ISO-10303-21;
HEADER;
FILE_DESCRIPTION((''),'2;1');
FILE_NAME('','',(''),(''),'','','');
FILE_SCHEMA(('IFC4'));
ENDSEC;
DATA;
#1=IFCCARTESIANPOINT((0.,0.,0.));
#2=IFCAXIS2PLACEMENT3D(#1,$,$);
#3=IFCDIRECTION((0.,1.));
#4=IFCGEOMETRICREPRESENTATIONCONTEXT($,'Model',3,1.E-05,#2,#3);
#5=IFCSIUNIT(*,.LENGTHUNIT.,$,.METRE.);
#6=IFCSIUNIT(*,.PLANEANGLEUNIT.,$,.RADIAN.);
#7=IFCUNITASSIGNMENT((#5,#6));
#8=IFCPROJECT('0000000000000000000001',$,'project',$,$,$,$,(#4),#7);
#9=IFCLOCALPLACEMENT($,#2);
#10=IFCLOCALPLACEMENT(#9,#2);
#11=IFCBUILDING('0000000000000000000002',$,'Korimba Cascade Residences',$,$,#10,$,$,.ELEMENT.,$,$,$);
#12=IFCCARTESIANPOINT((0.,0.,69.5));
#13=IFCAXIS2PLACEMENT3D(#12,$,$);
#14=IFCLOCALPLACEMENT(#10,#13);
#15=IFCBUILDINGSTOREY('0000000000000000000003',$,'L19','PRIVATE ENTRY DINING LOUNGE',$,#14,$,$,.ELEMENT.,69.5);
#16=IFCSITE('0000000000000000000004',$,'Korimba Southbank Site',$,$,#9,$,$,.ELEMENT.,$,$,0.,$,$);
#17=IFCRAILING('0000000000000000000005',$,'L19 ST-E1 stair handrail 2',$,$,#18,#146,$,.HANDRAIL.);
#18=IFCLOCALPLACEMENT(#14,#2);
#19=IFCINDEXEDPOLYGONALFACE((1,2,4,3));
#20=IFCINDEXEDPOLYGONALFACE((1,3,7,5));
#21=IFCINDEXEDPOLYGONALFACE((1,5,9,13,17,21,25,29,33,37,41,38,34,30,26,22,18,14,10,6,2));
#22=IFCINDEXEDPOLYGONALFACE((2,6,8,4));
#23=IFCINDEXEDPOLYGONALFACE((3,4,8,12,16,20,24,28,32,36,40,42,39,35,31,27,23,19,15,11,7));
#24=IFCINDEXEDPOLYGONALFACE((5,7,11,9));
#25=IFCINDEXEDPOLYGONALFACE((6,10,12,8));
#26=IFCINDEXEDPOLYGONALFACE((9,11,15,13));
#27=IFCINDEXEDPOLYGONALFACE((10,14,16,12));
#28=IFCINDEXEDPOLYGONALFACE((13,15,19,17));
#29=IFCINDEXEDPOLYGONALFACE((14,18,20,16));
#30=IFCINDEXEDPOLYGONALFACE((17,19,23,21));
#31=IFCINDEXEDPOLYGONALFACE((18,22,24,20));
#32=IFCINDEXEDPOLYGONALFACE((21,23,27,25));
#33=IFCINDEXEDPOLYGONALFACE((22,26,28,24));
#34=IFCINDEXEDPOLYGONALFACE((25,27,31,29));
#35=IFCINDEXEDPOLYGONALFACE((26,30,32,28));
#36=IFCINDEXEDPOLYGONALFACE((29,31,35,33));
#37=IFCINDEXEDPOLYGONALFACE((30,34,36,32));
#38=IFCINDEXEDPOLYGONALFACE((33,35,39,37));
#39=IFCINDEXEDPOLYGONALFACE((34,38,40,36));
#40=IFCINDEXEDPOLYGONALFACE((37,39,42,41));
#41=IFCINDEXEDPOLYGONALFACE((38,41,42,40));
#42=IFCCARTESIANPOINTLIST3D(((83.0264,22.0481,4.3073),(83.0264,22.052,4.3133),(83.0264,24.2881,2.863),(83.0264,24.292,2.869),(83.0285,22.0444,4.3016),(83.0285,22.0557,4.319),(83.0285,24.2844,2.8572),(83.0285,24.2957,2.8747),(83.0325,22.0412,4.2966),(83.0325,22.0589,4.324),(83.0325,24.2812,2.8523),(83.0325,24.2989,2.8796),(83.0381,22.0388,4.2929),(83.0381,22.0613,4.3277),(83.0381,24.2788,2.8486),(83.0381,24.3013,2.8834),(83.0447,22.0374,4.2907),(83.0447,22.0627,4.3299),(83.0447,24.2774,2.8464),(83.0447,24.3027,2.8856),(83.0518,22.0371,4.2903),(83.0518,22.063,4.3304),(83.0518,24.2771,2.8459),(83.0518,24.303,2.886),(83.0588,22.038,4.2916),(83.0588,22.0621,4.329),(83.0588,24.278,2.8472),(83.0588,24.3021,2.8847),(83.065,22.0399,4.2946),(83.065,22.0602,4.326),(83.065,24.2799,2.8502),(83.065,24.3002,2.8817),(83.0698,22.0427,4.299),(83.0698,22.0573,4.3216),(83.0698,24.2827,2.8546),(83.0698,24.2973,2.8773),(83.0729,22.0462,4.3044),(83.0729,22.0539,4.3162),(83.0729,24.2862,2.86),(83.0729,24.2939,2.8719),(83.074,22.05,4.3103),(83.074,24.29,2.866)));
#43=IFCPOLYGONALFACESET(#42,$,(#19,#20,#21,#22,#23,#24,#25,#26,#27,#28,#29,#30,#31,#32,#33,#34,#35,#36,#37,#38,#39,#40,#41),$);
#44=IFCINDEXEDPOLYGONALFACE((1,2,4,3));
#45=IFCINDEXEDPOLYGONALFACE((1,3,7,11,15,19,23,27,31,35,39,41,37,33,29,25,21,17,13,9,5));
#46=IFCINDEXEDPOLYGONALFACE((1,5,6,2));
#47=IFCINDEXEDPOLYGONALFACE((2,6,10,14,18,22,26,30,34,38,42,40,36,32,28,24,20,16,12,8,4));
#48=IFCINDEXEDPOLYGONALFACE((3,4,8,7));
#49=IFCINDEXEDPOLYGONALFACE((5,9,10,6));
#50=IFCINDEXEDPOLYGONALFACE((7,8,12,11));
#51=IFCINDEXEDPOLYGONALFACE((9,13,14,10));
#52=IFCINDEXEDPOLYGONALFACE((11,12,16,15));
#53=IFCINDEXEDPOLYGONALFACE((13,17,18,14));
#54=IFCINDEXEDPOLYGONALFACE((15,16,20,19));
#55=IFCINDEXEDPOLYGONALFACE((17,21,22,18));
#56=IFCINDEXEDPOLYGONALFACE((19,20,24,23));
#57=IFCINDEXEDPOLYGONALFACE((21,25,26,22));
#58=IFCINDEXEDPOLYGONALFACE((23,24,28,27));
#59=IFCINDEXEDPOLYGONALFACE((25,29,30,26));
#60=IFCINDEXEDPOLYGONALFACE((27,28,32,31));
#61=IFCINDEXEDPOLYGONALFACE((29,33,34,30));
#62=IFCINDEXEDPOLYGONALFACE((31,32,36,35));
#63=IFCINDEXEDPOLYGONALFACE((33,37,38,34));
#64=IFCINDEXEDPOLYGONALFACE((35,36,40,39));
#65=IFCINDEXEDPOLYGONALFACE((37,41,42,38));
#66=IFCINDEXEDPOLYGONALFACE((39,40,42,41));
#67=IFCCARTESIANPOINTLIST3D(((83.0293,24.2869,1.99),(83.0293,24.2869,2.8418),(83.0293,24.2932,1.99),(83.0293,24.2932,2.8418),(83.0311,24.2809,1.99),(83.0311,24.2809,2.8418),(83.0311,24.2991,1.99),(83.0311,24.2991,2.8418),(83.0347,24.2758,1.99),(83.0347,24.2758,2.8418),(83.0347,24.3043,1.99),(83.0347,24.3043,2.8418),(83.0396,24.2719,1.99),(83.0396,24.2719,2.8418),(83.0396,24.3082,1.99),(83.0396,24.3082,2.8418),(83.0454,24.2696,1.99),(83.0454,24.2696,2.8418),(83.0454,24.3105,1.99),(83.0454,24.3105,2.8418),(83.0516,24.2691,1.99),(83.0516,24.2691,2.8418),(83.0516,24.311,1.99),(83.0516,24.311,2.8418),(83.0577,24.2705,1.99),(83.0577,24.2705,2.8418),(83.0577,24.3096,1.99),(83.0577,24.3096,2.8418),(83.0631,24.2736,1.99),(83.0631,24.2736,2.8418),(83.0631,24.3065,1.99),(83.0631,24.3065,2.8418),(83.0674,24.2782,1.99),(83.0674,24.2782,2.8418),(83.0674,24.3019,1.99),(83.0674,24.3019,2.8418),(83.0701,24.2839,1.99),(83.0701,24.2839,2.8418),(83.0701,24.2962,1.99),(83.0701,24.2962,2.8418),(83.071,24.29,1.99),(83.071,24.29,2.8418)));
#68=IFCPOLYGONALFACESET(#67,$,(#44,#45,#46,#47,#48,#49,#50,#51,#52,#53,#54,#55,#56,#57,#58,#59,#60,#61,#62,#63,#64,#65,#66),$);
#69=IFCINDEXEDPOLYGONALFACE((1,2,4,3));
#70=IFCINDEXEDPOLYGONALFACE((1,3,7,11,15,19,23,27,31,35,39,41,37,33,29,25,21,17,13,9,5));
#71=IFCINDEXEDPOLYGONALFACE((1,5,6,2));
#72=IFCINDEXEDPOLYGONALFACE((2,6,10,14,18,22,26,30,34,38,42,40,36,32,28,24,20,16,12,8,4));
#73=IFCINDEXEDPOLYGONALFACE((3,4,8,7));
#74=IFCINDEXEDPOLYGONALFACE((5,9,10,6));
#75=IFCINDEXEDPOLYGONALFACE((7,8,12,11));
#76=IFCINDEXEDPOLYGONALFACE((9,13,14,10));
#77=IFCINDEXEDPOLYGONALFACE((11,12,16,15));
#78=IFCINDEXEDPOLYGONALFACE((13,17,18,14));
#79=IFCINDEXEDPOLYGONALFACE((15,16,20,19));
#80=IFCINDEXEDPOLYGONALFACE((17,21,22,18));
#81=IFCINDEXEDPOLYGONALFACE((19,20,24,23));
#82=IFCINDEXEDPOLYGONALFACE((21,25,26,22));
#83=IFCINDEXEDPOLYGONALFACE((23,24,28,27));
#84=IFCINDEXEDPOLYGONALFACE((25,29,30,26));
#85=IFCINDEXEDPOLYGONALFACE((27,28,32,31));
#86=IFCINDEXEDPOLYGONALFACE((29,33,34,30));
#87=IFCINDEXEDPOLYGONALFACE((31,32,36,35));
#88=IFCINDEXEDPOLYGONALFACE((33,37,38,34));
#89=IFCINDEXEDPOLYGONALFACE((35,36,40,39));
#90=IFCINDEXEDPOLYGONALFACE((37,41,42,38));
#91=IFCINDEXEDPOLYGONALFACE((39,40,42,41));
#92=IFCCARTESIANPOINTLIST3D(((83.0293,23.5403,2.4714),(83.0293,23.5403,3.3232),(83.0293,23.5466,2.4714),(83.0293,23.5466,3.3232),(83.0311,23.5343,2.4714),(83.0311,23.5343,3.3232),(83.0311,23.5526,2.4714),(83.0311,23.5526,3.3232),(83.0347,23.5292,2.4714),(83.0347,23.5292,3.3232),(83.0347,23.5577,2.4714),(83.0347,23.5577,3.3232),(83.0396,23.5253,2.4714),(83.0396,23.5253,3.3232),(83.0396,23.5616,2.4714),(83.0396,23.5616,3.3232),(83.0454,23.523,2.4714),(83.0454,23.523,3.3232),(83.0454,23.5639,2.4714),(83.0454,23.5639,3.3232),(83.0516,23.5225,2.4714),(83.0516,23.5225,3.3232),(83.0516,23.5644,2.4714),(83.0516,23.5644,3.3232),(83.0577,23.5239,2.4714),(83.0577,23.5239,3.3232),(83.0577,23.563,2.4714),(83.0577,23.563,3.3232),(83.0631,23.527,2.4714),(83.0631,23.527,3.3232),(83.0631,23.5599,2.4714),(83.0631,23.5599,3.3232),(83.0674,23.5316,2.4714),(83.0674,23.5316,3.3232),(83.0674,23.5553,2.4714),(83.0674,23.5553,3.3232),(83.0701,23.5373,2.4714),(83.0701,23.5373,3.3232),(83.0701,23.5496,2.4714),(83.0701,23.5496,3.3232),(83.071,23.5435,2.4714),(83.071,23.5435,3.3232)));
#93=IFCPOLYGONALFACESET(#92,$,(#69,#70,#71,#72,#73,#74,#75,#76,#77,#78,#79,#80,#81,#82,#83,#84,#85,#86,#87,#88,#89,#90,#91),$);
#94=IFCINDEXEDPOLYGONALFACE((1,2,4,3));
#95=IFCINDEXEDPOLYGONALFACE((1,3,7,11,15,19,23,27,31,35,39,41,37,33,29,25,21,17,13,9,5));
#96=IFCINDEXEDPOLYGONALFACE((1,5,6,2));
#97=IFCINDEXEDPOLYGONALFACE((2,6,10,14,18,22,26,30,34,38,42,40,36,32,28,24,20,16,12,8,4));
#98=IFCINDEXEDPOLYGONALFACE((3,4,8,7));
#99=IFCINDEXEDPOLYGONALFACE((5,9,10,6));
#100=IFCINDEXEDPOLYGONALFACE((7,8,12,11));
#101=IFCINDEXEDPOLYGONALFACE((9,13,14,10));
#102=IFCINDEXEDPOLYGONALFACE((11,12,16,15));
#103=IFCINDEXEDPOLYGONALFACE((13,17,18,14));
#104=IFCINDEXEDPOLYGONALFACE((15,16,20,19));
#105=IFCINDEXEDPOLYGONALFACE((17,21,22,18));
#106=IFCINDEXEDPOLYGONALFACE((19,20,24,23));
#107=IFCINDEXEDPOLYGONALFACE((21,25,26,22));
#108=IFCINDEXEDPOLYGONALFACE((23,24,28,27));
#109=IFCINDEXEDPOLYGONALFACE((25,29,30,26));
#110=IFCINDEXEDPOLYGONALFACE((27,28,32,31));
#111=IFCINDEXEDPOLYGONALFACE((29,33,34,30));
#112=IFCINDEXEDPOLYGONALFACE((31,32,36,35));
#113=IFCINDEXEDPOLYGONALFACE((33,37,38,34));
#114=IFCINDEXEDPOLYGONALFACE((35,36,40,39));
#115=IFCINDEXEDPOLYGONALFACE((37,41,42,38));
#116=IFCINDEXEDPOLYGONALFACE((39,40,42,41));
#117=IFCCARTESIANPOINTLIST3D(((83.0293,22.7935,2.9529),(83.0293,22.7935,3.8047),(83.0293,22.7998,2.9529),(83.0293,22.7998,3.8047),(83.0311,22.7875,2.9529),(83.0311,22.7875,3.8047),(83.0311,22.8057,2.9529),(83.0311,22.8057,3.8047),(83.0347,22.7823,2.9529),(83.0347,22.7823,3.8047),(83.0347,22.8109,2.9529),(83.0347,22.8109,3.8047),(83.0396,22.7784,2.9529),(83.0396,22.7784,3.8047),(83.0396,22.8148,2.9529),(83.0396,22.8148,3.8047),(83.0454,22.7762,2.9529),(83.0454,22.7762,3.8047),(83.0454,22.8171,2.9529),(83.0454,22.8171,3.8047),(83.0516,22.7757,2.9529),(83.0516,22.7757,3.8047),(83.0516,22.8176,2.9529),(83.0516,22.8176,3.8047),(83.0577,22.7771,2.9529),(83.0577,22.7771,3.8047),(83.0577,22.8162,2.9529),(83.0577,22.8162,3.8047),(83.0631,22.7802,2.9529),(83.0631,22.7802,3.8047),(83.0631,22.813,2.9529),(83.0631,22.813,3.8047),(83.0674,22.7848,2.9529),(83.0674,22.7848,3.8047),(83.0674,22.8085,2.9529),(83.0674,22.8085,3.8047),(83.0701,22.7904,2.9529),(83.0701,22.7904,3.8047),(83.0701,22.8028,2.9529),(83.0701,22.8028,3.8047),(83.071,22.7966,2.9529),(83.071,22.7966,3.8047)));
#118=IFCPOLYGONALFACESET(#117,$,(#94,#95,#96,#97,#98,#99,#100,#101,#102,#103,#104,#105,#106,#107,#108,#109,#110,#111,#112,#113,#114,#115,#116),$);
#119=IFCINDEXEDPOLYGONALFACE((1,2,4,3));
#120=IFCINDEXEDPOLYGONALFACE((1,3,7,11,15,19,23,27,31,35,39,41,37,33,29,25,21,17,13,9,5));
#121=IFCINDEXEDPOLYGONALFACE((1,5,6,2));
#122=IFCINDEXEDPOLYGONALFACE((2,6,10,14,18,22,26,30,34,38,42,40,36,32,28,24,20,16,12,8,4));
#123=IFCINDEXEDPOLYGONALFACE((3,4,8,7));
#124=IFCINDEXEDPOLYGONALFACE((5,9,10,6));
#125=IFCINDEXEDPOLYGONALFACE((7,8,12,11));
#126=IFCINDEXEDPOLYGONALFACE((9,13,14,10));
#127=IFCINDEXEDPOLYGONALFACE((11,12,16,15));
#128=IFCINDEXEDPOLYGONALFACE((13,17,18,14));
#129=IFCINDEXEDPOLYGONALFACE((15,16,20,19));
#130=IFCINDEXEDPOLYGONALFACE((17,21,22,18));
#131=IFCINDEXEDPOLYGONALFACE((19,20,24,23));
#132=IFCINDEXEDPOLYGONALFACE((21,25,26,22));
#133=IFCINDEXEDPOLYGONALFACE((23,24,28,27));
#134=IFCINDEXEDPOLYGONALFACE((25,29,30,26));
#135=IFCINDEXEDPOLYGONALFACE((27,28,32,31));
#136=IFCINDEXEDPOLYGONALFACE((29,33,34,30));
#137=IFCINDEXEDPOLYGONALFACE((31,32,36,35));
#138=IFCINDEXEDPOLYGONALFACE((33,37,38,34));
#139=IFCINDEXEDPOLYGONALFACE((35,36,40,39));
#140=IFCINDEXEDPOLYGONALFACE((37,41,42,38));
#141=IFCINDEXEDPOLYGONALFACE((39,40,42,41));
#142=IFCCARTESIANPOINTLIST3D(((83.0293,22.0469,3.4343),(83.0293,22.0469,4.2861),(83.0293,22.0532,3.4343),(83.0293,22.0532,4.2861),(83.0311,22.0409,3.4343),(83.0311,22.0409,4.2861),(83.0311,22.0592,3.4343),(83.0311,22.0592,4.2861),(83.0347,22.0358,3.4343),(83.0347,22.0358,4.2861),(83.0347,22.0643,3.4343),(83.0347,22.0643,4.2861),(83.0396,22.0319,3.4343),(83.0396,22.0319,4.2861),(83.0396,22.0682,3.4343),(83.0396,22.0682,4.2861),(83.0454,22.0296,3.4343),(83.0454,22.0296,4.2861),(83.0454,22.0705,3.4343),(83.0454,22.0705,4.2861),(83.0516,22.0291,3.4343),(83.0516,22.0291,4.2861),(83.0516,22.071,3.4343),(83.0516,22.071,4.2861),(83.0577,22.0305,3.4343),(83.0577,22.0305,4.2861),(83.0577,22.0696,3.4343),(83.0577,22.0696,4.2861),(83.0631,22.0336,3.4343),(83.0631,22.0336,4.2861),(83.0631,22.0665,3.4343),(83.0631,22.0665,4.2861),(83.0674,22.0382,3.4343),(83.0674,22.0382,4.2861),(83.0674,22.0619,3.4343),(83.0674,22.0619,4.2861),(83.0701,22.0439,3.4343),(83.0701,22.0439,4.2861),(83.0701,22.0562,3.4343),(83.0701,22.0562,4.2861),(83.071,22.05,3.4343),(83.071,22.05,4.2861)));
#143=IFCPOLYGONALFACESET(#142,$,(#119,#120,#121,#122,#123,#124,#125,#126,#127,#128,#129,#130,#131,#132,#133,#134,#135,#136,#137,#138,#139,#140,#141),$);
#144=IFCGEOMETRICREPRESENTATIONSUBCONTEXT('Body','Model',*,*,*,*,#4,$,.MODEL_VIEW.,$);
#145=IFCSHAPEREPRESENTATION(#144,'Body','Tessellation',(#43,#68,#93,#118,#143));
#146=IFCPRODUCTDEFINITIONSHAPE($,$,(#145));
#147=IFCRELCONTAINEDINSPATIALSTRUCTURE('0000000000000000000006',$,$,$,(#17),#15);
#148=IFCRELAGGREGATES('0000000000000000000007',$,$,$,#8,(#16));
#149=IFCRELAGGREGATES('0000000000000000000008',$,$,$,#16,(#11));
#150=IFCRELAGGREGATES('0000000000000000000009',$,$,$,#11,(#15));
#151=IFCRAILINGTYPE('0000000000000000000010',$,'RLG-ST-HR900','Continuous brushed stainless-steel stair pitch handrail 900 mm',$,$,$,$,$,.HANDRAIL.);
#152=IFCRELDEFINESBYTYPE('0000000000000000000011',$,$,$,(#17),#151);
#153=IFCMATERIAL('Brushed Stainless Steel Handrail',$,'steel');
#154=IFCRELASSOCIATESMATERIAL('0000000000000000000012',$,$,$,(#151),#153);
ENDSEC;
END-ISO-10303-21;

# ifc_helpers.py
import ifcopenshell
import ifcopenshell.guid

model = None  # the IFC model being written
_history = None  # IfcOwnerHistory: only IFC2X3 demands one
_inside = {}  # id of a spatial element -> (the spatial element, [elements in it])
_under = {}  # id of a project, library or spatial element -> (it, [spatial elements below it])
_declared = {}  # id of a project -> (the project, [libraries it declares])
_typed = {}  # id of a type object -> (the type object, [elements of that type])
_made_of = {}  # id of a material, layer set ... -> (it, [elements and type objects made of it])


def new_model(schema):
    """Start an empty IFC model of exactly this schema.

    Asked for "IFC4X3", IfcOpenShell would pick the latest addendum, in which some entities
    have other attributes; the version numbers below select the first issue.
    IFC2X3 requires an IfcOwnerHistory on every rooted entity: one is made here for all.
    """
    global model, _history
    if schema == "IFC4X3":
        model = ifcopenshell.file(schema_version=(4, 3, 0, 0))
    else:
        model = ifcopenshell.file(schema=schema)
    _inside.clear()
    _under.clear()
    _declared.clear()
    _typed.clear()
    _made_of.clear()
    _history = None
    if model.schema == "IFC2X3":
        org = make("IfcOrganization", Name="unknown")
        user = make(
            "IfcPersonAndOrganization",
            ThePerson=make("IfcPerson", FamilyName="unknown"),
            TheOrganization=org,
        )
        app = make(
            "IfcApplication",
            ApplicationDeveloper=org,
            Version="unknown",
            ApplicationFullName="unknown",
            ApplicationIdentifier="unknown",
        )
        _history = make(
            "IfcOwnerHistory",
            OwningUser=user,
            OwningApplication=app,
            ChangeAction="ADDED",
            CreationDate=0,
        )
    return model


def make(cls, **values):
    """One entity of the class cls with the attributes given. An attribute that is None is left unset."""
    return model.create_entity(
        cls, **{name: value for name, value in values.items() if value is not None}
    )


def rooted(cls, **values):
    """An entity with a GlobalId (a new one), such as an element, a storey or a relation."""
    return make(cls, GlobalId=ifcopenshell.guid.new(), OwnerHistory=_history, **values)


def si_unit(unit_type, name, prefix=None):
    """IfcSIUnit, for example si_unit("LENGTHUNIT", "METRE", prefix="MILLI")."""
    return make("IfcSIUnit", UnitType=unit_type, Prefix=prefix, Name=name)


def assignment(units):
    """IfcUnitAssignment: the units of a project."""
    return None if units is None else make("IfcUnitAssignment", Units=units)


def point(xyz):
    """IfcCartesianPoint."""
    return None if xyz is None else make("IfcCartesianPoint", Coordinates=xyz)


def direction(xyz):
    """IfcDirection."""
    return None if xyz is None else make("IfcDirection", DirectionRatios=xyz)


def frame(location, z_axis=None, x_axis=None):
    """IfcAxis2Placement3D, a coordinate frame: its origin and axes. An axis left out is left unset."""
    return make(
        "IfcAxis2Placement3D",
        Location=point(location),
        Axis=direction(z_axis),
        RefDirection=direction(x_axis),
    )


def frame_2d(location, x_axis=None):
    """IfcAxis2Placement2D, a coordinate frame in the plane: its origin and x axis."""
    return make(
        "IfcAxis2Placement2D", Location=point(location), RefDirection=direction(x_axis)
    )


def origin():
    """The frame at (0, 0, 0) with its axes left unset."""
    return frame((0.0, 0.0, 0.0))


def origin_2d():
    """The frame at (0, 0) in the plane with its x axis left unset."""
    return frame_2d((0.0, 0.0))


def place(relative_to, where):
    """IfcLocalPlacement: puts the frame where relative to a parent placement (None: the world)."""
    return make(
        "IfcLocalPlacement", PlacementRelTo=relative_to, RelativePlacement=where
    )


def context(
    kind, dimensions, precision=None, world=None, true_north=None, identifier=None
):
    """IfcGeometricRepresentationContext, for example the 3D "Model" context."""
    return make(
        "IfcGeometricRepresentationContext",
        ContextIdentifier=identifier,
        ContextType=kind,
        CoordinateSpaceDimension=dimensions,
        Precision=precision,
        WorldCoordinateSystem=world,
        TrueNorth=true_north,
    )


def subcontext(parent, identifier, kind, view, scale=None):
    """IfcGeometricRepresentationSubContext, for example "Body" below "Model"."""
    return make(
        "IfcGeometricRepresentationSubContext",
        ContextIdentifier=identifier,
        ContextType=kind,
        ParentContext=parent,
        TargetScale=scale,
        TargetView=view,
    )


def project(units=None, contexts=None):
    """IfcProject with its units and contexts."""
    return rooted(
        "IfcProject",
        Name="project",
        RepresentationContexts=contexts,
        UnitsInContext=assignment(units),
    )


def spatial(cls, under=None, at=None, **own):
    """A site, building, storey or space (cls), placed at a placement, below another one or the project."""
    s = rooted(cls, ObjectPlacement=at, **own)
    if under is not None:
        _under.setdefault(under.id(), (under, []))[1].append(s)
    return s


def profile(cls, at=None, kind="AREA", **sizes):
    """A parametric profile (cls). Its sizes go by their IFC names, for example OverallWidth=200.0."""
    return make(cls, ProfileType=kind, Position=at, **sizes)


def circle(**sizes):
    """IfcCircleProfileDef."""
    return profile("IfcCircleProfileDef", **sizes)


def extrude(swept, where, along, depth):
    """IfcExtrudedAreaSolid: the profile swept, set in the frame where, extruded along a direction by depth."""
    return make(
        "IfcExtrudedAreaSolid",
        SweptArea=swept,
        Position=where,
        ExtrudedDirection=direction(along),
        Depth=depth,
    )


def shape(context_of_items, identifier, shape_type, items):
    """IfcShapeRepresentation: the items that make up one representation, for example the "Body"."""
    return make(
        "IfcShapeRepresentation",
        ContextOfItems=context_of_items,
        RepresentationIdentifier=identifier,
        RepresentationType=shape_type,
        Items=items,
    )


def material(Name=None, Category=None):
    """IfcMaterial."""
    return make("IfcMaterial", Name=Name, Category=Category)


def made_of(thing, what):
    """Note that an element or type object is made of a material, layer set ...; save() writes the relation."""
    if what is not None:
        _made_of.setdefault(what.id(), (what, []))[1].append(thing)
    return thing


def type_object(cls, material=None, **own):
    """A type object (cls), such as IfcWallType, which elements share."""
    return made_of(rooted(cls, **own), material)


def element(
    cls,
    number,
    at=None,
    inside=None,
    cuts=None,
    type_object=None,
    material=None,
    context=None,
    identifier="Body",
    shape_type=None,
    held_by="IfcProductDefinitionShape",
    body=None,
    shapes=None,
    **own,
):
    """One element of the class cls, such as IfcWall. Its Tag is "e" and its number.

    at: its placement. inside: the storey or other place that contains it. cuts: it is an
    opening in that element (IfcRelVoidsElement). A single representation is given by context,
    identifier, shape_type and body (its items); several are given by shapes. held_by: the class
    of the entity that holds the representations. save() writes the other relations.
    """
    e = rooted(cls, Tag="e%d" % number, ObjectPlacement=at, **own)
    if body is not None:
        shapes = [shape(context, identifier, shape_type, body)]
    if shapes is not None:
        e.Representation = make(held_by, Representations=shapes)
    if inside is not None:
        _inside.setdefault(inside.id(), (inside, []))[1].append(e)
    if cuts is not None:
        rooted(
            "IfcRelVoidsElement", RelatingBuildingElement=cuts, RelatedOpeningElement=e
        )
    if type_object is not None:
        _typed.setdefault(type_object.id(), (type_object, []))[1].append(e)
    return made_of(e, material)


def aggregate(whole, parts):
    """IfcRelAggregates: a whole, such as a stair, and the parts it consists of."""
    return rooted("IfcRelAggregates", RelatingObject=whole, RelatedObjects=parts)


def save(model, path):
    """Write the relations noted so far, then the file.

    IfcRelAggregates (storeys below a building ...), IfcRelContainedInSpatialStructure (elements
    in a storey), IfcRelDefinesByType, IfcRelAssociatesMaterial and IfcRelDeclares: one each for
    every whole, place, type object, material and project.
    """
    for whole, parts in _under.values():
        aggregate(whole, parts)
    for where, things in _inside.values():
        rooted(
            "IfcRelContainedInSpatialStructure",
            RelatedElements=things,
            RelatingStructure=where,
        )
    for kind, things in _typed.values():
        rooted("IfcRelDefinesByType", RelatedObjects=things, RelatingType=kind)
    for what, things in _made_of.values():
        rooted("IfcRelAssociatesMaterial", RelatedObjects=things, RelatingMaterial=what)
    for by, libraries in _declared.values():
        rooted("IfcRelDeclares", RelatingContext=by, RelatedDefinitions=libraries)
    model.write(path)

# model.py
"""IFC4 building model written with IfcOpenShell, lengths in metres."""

from ifc_helpers import new_model, si_unit, direction, frame, origin, origin_2d, place, context, subcontext, project, spatial, circle, extrude, material, type_object, element, save


model = new_model("IFC4")

# Units and contexts
model_context = context("Model", 3, precision=1e-05, world=origin(), true_north=direction((0.0, 1.0)))
body_context = subcontext(model_context, "Body", "Model", "MODEL_VIEW")
ifc_project = project(units=[si_unit("LENGTHUNIT", "METRE"), si_unit("PLANEANGLEUNIT", "RADIAN")], contexts=[model_context])

# Site, building, storey
site_placement = place(None, origin())
site = spatial("IfcSite", under=ifc_project, at=site_placement, Name="Korimba Southbank Site", CompositionType="ELEMENT", RefElevation=0.0)
building_placement = place(site_placement, origin())
building = spatial("IfcBuilding", under=site, at=building_placement, Name="Korimba Cascade Residences", CompositionType="ELEMENT")
storey_placement = place(building_placement, frame((0.0, 0.0, 69.5)))
storey = spatial("IfcBuildingStorey", under=building, at=storey_placement, Name="L19", Description="PRIVATE ENTRY DINING LOUNGE", CompositionType="ELEMENT", Elevation=69.5)

# Railing
ifc_material_1 = material(Name="Brushed Stainless Steel Handrail", Category="steel")
railing_type_1 = type_object("IfcRailingType", Name="RLG-ST-HR900", Description="Continuous brushed stainless-steel stair pitch handrail 900 mm", PredefinedType="HANDRAIL", material=ifc_material_1)
railing_1_placement = place(storey_placement, frame((83.05, 24.29, 1.99)))
element("IfcRailing", 1, at=railing_1_placement, inside=storey, type_object=railing_type_1, Name="L19 ST-E1 stair handrail 2", PredefinedType="HANDRAIL", context=body_context, shape_type="SweptSolid", body=[
    extrude(circle(Radius=0.0239, at=origin_2d()), frame((0.0, 0.0, 0.876), z_axis=(0.0, -0.840437, 0.54191), x_axis=(1.0, 0.0, 0.0)), (0.0, 0.0, 1.0), 2.6653),
    extrude(circle(Radius=0.021, at=origin_2d()), origin(), (0.0, 0.0, 1.0), 0.8518),
    extrude(circle(Radius=0.021, at=origin_2d()), frame((0.0, -0.7466, 0.4814)), (0.0, 0.0, 1.0), 0.8518),
    extrude(circle(Radius=0.021, at=origin_2d()), frame((0.0, -1.4934, 0.9629)), (0.0, 0.0, 1.0), 0.8518),
    extrude(circle(Radius=0.021, at=origin_2d()), frame((0.0, -2.24, 1.4443)), (0.0, 0.0, 1.0), 0.8518),
])

save(model, "model.ifc")
